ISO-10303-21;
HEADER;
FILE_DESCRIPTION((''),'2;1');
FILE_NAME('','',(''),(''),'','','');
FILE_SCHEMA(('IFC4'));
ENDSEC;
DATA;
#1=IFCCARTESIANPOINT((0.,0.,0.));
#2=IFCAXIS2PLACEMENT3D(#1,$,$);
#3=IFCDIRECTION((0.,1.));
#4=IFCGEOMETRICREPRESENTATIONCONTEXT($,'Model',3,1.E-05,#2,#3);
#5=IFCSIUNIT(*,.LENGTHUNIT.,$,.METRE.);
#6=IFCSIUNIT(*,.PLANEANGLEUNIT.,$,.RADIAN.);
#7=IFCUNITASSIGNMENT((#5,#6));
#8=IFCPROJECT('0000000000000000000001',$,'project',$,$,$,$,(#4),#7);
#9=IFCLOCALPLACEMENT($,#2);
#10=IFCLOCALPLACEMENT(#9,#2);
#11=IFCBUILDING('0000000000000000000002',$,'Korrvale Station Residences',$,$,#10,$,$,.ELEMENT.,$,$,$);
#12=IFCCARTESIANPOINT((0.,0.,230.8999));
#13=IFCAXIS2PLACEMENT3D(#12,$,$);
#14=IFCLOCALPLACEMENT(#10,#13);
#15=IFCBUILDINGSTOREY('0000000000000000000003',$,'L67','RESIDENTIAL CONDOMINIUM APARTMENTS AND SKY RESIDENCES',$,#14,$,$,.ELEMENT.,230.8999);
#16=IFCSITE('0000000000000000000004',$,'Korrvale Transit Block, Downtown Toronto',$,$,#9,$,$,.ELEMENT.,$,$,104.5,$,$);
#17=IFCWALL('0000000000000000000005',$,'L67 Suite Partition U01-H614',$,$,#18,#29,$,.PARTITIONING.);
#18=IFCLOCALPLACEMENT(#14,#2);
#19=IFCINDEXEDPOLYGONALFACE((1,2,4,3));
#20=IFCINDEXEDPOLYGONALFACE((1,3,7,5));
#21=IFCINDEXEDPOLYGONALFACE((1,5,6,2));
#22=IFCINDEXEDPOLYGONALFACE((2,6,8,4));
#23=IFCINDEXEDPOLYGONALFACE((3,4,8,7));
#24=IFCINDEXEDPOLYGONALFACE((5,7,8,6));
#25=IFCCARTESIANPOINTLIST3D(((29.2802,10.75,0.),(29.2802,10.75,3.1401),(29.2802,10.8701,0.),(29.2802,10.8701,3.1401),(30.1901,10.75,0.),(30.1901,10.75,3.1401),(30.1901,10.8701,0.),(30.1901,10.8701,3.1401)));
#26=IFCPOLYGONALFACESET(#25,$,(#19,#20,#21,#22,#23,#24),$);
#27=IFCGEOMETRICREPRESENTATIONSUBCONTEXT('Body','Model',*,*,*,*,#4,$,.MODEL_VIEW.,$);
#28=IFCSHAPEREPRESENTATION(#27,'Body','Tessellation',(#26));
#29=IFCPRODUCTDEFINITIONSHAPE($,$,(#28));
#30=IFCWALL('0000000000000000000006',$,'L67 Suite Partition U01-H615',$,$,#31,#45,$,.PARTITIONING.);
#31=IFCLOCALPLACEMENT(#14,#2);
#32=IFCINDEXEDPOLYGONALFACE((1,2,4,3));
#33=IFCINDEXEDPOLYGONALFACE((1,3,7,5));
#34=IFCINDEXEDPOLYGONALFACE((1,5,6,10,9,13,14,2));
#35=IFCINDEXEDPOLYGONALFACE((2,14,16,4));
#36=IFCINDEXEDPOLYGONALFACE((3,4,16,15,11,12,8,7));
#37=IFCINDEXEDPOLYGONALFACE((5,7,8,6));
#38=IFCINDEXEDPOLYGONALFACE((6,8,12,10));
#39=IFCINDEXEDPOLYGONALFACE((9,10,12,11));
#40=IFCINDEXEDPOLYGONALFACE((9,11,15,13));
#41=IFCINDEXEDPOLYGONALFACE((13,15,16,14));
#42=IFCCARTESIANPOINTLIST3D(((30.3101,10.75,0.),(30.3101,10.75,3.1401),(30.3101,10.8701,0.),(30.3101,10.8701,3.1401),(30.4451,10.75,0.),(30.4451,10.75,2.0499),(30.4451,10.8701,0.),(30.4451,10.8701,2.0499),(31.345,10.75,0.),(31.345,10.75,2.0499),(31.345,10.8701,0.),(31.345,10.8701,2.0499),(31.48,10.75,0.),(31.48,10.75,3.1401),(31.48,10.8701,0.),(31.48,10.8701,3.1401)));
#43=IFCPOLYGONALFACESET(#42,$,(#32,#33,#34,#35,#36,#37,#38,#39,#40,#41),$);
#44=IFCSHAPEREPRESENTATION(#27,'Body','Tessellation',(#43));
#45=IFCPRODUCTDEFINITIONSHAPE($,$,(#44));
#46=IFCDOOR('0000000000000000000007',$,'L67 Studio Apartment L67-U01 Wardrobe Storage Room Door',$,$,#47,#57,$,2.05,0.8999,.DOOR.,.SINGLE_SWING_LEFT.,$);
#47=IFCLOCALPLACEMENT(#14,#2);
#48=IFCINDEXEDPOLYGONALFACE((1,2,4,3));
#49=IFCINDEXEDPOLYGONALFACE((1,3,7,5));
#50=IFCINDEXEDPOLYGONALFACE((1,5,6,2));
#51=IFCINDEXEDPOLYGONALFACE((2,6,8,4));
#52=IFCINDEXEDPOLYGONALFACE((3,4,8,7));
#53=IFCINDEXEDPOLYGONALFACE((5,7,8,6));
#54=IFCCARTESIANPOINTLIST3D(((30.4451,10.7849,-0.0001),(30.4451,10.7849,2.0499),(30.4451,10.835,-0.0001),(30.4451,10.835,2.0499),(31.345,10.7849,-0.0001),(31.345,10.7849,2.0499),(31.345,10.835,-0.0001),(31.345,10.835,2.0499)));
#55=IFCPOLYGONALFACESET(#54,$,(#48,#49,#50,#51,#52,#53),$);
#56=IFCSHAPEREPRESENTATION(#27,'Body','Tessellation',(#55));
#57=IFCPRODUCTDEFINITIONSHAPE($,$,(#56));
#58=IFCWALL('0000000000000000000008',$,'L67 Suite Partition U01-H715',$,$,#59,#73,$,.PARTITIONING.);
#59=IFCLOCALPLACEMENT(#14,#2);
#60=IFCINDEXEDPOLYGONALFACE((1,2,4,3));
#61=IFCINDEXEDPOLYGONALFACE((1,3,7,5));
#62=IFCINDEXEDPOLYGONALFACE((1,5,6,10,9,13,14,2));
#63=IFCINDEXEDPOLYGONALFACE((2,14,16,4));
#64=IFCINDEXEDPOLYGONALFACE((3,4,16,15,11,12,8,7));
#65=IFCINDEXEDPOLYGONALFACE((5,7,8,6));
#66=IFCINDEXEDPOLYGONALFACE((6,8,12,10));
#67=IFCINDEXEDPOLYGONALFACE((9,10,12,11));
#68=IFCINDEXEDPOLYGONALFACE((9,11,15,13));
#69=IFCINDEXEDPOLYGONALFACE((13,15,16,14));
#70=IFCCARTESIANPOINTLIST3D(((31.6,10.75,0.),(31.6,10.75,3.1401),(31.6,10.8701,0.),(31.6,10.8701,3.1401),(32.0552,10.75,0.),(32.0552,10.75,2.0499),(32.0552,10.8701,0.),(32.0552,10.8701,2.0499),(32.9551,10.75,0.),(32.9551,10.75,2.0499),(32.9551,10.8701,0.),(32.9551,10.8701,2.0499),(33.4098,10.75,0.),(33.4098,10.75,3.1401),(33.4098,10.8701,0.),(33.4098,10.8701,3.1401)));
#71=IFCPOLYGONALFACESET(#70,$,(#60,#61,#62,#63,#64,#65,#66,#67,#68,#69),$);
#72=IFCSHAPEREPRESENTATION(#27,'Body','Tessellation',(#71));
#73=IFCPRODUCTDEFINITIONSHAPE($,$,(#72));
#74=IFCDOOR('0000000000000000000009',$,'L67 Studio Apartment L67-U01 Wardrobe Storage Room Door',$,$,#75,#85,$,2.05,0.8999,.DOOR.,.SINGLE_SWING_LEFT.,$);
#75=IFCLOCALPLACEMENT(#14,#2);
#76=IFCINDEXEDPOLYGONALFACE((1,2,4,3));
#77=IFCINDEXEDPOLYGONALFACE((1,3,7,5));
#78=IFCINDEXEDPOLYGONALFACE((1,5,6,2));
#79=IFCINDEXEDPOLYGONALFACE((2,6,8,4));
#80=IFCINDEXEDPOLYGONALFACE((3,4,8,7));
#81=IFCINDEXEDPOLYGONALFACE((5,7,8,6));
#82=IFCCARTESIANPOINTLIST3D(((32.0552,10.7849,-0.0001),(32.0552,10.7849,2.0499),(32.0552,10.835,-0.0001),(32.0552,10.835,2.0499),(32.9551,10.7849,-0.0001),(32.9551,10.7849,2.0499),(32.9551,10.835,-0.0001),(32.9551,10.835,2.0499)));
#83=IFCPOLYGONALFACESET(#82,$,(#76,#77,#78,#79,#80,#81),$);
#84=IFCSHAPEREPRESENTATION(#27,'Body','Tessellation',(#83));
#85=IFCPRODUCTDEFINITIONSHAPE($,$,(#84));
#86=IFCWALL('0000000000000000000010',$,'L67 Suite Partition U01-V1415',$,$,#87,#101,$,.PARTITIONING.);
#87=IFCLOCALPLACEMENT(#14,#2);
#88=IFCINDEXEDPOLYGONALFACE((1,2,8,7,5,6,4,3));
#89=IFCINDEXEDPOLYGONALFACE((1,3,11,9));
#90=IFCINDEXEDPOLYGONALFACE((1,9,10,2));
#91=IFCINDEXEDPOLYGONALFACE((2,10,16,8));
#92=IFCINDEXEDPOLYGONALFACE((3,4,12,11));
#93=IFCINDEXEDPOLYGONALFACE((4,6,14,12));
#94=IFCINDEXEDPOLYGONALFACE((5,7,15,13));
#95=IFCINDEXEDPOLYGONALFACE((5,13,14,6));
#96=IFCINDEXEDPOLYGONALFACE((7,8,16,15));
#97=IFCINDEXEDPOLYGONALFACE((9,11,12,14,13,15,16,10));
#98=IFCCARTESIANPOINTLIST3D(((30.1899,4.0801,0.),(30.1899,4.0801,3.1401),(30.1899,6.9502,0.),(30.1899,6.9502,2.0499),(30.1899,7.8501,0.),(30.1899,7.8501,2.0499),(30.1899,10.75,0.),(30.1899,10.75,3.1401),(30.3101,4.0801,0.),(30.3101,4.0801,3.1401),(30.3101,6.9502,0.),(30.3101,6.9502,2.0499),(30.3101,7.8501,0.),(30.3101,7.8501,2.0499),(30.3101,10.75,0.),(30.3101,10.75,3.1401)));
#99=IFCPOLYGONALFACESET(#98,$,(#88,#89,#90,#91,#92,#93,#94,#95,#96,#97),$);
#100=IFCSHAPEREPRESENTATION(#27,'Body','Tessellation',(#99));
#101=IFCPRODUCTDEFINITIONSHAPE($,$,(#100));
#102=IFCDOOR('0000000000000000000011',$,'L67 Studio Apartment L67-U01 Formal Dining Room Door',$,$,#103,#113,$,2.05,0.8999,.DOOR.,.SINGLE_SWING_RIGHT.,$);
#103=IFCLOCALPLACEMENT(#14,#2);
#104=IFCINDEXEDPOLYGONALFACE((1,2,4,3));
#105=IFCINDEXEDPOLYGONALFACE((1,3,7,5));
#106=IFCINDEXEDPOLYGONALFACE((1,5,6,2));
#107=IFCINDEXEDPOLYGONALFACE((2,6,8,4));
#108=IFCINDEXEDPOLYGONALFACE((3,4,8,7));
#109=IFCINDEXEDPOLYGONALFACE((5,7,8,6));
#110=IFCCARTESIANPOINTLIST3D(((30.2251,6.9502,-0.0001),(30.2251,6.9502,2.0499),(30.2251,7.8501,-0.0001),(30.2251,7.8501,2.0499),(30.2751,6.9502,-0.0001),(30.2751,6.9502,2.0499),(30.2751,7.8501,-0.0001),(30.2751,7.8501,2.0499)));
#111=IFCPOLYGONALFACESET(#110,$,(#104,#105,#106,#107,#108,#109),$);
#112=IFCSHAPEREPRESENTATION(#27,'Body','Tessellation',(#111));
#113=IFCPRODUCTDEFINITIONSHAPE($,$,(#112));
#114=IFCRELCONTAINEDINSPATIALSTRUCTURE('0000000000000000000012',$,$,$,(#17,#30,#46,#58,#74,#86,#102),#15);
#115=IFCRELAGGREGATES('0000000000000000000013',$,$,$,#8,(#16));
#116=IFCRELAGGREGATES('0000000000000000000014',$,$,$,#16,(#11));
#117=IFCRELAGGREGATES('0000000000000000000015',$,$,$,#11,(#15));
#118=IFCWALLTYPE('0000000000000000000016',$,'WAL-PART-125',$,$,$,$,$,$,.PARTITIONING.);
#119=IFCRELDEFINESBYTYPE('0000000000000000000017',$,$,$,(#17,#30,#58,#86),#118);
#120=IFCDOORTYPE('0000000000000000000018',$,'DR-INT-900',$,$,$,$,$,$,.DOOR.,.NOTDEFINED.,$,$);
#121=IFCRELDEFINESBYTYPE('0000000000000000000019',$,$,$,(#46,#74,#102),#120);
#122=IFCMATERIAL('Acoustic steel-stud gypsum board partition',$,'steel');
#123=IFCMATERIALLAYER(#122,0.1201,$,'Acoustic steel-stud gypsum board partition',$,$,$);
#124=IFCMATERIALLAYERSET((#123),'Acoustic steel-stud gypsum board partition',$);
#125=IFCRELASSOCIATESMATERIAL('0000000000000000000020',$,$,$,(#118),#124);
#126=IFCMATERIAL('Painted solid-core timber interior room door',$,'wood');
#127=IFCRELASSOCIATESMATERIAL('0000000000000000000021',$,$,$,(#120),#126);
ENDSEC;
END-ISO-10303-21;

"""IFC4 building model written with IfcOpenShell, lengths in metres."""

from ifc_helpers import new_model, si_unit, direction, frame, frame_2d, origin, place, context, subcontext, project, spatial, rectangle, extrude, material, layer, layer_set, type_object, element, fill, save


model = new_model("IFC4")

# Units and contexts
model_context = context("Model", 3, precision=1e-05, world=origin(), true_north=direction((0.0, 1.0)))
body_context = subcontext(model_context, "Body", "Model", "MODEL_VIEW")
ifc_project = project(units=[si_unit("LENGTHUNIT", "METRE"), si_unit("PLANEANGLEUNIT", "RADIAN")], contexts=[model_context])

# Site, building, storey
site_placement = place(None, origin())
site = spatial("IfcSite", under=ifc_project, at=site_placement, Name="Korrvale Transit Block, Downtown Toronto", CompositionType="ELEMENT", RefElevation=104.5)
building_placement = place(site_placement, origin())
building = spatial("IfcBuilding", under=site, at=building_placement, Name="Korrvale Station Residences", CompositionType="ELEMENT")
storey_placement = place(building_placement, frame((0.0, 0.0, 230.8999)))
storey = spatial("IfcBuildingStorey", under=building, at=storey_placement, Name="L67", Description="RESIDENTIAL CONDOMINIUM APARTMENTS AND SKY RESIDENCES", CompositionType="ELEMENT", Elevation=230.8999)

# Shared definitions
ifc_material_1 = material(Name="Acoustic steel-stud gypsum board partition", Category="steel")
ifc_layer_1 = layer(ifc_material_1, 0.1201, Name="Acoustic steel-stud gypsum board partition")
ifc_layer_set_1 = layer_set([ifc_layer_1], Name="Acoustic steel-stud gypsum board partition")
wall_type_1 = type_object("IfcWallType", Name="WAL-PART-125", PredefinedType="PARTITIONING", material=ifc_layer_set_1)
ifc_material_2 = material(Name="Painted solid-core timber interior room door", Category="wood")
door_type = type_object("IfcDoorType", Name="DR-INT-900", OperationType="NOTDEFINED", PredefinedType="DOOR", material=ifc_material_2)

# Wall
wall_1_placement = place(storey_placement, frame((29.28, 10.8101, 0.0), z_axis=(0.0, 0.0, 1.0), x_axis=(1.0, 0.0, 0.0)))
element("IfcWall", 1, at=wall_1_placement, inside=storey, type_object=wall_type_1, Name="L67 Suite Partition U01-H614", PredefinedType="PARTITIONING", context=body_context, shape_type="SweptSolid", body=[
    extrude(rectangle(XDim=0.9099, YDim=0.1201, at=frame_2d((0.4551, 0.0))), origin(), (0.0, 0.0, 1.0), 3.1401),
])

# Walls, openings, doors
wall_2_placement = place(storey_placement, frame((30.3101, 10.8101, 0.0), z_axis=(0.0, 0.0, 1.0), x_axis=(1.0, 0.0, 0.0)))
wall_2 = element("IfcWall", 2, at=wall_2_placement, inside=storey, type_object=wall_type_1, Name="L67 Suite Partition U01-H615", PredefinedType="PARTITIONING", context=body_context, shape_type="SweptSolid", body=[
    extrude(rectangle(XDim=1.1699, YDim=0.1201, at=frame_2d((0.585, 0.0))), origin(), (0.0, 0.0, 1.0), 3.1401),
])
opening_1_placement = place(wall_2_placement, frame((0.135, 0.0, 0.0)))
opening_1 = element("IfcOpeningElement", 3, at=opening_1_placement, cuts=wall_2, PredefinedType="OPENING", context=body_context, shape_type="SweptSolid", body=[
    extrude(rectangle(XDim=0.8999, YDim=2.05, at=frame_2d((0.45, 1.0249))), frame((0.0, 0.0701, 0.0), z_axis=(0.0, -1.0, 0.0), x_axis=(1.0, 0.0, 0.0)), (0.0, 0.0, 1.0), 0.1401),
])
door_1_placement = place(opening_1_placement, origin())
door_1 = element("IfcDoor", 4, at=door_1_placement, inside=storey, type_object=door_type, Name="L67 Studio Apartment L67-U01 Wardrobe Storage Room Door", OperationType="SINGLE_SWING_LEFT", OverallHeight=2.05, OverallWidth=0.8999, PredefinedType="DOOR", context=body_context, shape_type="SweptSolid", body=[
    extrude(rectangle(XDim=0.8999, YDim=2.05, at=frame_2d((0.45, 1.0249))), frame((0.0, 0.0249, 0.0), z_axis=(0.0, -1.0, 0.0), x_axis=(1.0, 0.0, 0.0)), (0.0, 0.0, 1.0), 0.05),
])
fill(opening_1, door_1)
wall_3_placement = place(storey_placement, frame((31.6001, 10.8101, 0.0), z_axis=(0.0, 0.0, 1.0), x_axis=(1.0, 0.0, 0.0)))
wall_3 = element("IfcWall", 5, at=wall_3_placement, inside=storey, type_object=wall_type_1, Name="L67 Suite Partition U01-H715", PredefinedType="PARTITIONING", context=body_context, shape_type="SweptSolid", body=[
    extrude(rectangle(XDim=1.8098, YDim=0.1201, at=frame_2d((0.9048, 0.0))), origin(), (0.0, 0.0, 1.0), 3.1401),
])
opening_2_placement = place(wall_3_placement, frame((0.4551, 0.0, 0.0)))
opening_2 = element("IfcOpeningElement", 6, at=opening_2_placement, cuts=wall_3, PredefinedType="OPENING", context=body_context, shape_type="SweptSolid", body=[
    extrude(rectangle(XDim=0.8999, YDim=2.05, at=frame_2d((0.45, 1.0249))), frame((0.0, 0.0701, 0.0), z_axis=(0.0, -1.0, 0.0), x_axis=(1.0, 0.0, 0.0)), (0.0, 0.0, 1.0), 0.1401),
])
door_2_placement = place(opening_2_placement, origin())
door_2 = element("IfcDoor", 7, at=door_2_placement, inside=storey, type_object=door_type, Name="L67 Studio Apartment L67-U01 Wardrobe Storage Room Door", OperationType="SINGLE_SWING_LEFT", OverallHeight=2.05, OverallWidth=0.8999, PredefinedType="DOOR", context=body_context, shape_type="SweptSolid", body=[
    extrude(rectangle(XDim=0.8999, YDim=2.05, at=frame_2d((0.45, 1.0249))), frame((0.0, 0.0249, 0.0), z_axis=(0.0, -1.0, 0.0), x_axis=(1.0, 0.0, 0.0)), (0.0, 0.0, 1.0), 0.05),
])
fill(opening_2, door_2)
wall_4_placement = place(storey_placement, frame((30.25, 4.0801, 0.0), z_axis=(0.0, 0.0, 1.0), x_axis=(0.0, 1.0, 0.0)))
wall_4 = element("IfcWall", 8, at=wall_4_placement, inside=storey, type_object=wall_type_1, Name="L67 Suite Partition U01-V1415", PredefinedType="PARTITIONING", context=body_context, shape_type="SweptSolid", body=[
    extrude(rectangle(XDim=6.6699, YDim=0.1201, at=frame_2d((3.335, 0.0))), origin(), (0.0, 0.0, 1.0), 3.1401),
])
opening_3_placement = place(wall_4_placement, frame((2.8701, 0.0, 0.0)))
opening_3 = element("IfcOpeningElement", 9, at=opening_3_placement, cuts=wall_4, PredefinedType="OPENING", context=body_context, shape_type="SweptSolid", body=[
    extrude(rectangle(XDim=0.8999, YDim=2.05, at=frame_2d((0.45, 1.0249))), frame((0.0, 0.0701, 0.0), z_axis=(0.0, -1.0, 0.0), x_axis=(1.0, 0.0, 0.0)), (0.0, 0.0, 1.0), 0.1401),
])
door_3_placement = place(opening_3_placement, origin())
door_3 = element("IfcDoor", 10, at=door_3_placement, inside=storey, type_object=door_type, Name="L67 Studio Apartment L67-U01 Formal Dining Room Door", OperationType="SINGLE_SWING_RIGHT", OverallHeight=2.05, OverallWidth=0.8999, PredefinedType="DOOR", context=body_context, shape_type="SweptSolid", body=[
    extrude(rectangle(XDim=0.8999, YDim=2.05, at=frame_2d((0.45, 1.0249))), frame((0.0, 0.0249, 0.0), z_axis=(0.0, -1.0, 0.0), x_axis=(1.0, 0.0, 0.0)), (0.0, 0.0, 1.0), 0.05),
])
fill(opening_3, door_3)

save(model, "model.ifc")
